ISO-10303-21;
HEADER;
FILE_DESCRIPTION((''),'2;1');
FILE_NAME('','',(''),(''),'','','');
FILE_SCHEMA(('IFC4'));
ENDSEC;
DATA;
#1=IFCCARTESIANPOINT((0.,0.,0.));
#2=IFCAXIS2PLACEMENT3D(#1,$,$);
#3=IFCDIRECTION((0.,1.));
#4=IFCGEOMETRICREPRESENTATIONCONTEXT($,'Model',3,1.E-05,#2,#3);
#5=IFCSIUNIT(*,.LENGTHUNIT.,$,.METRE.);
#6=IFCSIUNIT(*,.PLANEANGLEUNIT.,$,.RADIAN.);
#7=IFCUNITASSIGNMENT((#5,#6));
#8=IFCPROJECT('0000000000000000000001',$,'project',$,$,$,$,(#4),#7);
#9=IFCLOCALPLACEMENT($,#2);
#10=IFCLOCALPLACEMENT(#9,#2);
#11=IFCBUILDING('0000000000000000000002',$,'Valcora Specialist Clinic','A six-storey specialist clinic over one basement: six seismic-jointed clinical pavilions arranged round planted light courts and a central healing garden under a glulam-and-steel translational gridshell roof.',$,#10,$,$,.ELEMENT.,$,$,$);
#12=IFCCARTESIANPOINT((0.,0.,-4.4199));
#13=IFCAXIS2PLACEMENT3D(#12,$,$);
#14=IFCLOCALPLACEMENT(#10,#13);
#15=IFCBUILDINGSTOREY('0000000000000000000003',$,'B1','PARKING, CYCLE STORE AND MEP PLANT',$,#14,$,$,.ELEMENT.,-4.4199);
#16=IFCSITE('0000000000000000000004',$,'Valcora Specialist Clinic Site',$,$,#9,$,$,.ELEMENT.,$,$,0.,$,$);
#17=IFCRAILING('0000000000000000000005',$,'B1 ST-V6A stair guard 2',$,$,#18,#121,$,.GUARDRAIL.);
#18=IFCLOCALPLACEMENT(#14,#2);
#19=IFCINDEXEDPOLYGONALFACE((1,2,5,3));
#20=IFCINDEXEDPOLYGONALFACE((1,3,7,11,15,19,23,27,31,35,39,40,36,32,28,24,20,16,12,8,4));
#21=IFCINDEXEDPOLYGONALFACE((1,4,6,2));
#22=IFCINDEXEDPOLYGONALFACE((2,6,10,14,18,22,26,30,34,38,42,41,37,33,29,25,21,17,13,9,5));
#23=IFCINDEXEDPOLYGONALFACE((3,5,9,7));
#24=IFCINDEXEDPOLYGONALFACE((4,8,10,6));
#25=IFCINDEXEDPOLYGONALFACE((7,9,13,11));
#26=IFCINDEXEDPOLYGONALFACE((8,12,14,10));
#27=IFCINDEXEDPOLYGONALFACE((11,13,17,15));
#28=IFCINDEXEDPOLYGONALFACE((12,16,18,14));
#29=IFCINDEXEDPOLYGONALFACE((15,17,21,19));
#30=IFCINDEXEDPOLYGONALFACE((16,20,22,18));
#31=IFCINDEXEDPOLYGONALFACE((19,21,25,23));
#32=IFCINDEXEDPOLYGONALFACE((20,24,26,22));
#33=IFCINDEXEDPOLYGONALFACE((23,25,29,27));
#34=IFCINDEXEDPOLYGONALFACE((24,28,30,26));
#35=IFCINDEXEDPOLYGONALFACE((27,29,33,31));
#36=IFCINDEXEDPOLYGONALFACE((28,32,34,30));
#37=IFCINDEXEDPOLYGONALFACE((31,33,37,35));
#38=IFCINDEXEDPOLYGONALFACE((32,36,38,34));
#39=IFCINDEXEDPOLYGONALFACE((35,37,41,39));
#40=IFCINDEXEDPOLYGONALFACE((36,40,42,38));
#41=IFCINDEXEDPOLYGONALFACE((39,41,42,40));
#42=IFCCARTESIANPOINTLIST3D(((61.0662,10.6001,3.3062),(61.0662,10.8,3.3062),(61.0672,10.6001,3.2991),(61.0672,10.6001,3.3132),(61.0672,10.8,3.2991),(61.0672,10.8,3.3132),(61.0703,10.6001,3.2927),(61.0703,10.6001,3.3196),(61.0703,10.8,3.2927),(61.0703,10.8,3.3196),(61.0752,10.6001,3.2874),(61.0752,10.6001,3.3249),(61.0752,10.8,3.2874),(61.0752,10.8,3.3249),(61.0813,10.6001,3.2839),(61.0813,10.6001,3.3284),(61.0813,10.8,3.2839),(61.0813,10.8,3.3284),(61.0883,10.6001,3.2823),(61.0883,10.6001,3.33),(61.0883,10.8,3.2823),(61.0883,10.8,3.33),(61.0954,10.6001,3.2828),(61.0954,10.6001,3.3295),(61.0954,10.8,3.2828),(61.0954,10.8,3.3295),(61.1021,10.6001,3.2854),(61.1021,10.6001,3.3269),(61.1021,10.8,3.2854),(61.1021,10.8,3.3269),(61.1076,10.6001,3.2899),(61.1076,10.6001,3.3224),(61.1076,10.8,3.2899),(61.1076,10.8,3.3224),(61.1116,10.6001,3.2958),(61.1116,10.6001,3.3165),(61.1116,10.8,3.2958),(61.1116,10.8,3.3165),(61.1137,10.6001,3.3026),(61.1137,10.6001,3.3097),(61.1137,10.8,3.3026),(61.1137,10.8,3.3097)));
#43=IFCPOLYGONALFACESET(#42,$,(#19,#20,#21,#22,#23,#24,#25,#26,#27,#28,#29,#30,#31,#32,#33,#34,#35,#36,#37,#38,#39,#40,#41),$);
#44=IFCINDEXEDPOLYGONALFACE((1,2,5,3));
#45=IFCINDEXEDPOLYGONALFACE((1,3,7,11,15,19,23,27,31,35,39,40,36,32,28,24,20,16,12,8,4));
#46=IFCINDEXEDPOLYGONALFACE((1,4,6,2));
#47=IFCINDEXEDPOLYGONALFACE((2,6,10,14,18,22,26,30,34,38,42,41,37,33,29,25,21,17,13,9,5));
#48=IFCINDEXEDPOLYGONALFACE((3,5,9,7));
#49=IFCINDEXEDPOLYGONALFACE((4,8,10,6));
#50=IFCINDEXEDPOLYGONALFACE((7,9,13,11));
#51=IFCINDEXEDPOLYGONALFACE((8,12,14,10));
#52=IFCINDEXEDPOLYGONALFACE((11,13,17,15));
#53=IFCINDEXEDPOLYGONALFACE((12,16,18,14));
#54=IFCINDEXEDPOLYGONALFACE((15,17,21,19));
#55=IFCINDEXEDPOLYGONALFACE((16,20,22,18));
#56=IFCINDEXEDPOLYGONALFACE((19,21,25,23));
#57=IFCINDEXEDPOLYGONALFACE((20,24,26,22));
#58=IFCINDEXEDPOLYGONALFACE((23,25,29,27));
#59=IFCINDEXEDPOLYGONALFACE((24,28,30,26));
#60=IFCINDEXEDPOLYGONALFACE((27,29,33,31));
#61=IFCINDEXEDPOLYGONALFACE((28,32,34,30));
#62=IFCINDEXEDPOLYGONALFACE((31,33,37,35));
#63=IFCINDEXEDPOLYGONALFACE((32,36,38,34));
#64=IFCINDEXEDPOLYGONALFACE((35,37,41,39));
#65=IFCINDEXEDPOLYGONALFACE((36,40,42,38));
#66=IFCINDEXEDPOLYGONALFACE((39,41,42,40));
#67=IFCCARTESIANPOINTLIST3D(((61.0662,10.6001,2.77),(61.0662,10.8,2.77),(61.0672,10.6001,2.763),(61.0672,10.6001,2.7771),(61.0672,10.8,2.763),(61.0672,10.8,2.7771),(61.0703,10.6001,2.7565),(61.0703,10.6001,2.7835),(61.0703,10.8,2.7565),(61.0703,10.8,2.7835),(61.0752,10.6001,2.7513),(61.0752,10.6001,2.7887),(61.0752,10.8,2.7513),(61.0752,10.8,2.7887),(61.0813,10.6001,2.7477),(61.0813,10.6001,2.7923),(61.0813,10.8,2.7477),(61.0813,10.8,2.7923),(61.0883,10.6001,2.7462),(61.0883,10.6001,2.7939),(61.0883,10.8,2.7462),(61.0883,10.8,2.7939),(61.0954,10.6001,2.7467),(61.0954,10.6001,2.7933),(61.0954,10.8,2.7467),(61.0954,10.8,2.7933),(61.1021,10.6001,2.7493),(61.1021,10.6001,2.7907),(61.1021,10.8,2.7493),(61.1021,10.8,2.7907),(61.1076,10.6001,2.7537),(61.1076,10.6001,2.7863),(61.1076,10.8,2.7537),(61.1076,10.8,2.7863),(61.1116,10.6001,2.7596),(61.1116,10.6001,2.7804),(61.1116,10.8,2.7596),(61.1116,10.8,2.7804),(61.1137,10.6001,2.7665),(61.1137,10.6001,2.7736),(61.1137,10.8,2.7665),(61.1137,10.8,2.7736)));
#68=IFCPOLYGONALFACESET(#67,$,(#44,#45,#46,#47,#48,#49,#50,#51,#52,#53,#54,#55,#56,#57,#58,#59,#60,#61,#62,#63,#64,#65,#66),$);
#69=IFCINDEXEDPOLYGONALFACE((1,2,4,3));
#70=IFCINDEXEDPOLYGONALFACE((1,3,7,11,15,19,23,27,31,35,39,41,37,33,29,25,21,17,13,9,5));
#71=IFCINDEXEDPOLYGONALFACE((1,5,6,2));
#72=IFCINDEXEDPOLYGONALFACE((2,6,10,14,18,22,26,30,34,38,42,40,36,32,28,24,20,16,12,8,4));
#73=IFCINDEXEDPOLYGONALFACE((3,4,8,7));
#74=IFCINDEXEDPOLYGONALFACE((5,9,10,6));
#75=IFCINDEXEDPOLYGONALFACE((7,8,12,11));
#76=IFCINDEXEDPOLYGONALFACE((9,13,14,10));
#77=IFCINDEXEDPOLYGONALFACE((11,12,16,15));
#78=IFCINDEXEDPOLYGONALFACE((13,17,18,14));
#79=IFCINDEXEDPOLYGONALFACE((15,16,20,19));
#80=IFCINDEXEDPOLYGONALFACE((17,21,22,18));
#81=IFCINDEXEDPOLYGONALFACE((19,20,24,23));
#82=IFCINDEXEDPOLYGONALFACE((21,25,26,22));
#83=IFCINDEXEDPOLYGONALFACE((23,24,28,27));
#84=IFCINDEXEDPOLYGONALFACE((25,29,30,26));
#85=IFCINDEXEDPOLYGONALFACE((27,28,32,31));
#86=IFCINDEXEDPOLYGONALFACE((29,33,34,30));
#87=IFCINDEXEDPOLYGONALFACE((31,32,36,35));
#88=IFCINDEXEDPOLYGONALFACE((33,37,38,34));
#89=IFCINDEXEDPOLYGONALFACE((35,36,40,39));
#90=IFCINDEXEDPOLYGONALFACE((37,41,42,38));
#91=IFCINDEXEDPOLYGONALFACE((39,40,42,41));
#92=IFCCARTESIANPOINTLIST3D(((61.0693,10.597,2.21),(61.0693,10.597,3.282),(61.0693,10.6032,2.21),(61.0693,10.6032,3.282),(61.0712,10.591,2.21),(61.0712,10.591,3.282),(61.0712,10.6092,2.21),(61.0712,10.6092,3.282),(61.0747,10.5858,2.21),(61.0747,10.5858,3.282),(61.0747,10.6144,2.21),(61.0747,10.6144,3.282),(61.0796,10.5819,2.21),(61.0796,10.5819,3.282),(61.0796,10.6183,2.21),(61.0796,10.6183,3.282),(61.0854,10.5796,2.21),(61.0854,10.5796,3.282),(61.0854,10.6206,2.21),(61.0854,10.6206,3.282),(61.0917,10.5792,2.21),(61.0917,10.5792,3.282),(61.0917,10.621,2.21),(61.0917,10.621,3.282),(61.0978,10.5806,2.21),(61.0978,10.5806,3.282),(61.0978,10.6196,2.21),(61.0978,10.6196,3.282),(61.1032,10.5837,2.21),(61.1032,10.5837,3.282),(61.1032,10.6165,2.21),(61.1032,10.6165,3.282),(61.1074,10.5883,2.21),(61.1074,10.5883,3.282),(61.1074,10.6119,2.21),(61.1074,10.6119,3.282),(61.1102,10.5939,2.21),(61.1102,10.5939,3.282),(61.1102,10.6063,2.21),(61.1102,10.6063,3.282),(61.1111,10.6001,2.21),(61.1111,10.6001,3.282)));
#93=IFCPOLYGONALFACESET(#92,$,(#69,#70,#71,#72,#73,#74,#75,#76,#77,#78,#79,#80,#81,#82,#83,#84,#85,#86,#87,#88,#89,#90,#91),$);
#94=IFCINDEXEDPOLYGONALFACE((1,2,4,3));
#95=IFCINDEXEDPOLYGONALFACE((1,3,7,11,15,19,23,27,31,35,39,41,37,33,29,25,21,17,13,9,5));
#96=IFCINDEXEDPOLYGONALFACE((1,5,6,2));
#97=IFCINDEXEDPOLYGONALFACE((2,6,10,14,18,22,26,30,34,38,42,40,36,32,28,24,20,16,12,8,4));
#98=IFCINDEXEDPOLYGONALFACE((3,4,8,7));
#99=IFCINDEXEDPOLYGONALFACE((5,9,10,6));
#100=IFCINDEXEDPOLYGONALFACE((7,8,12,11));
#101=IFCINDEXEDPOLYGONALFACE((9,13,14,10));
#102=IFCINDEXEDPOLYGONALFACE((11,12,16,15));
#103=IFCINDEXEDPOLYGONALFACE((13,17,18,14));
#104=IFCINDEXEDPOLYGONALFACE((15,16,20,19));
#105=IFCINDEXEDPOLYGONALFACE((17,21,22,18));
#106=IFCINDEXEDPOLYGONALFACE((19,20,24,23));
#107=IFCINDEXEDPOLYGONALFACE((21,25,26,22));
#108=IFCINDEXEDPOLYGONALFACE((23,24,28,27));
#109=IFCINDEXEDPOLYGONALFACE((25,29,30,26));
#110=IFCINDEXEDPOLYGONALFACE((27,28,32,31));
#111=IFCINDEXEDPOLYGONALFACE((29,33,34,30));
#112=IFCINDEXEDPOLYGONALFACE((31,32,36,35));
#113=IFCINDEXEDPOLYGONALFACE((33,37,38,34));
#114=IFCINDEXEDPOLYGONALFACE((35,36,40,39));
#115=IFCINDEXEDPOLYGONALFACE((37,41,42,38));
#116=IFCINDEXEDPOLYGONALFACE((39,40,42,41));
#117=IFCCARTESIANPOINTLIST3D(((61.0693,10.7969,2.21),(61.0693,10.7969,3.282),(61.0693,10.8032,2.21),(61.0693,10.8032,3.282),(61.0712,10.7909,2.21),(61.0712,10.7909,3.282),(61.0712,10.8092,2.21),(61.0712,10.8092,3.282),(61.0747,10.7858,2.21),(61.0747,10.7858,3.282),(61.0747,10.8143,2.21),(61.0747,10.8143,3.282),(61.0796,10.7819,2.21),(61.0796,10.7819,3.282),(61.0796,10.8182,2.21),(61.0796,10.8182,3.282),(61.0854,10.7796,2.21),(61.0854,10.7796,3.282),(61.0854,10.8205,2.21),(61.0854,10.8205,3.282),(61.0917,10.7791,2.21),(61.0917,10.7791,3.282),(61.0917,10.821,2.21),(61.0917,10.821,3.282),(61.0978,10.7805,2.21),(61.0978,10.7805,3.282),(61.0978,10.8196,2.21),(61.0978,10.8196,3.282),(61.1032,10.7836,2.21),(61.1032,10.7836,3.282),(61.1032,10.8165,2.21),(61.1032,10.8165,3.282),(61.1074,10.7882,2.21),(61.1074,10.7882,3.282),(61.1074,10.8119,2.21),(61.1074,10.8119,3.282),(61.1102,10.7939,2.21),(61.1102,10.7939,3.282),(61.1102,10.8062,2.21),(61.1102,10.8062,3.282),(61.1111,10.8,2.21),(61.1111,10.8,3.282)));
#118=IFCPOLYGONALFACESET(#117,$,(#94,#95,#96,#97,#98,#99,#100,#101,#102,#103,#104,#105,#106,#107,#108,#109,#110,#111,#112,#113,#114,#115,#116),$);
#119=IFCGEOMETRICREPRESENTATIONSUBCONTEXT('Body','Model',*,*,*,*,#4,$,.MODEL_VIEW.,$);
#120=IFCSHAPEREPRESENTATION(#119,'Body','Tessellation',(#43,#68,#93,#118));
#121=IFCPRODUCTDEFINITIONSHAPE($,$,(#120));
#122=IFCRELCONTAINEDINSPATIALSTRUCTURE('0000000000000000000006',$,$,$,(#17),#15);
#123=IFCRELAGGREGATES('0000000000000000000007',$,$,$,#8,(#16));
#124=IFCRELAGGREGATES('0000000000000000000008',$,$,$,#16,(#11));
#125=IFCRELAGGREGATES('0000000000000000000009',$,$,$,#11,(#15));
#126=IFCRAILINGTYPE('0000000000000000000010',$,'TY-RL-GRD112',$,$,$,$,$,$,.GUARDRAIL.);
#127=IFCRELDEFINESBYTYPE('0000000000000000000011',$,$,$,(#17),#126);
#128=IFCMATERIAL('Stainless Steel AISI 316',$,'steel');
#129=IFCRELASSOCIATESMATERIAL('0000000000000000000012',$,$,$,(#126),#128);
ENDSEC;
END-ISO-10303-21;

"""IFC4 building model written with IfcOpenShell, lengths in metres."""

from ifc_helpers import new_model, si_unit, direction, frame, origin, origin_2d, place, context, subcontext, project, spatial, circle, extrude, material, type_object, element, save


model = new_model("IFC4")

# Units and contexts
model_context = context("Model", 3, precision=1e-05, world=origin(), true_north=direction((0.0, 1.0)))
body_context = subcontext(model_context, "Body", "Model", "MODEL_VIEW")
ifc_project = project(units=[si_unit("LENGTHUNIT", "METRE"), si_unit("PLANEANGLEUNIT", "RADIAN")], contexts=[model_context])

# Site, building, storey
site_placement = place(None, origin())
site = spatial("IfcSite", under=ifc_project, at=site_placement, Name="Valcora Specialist Clinic Site", CompositionType="ELEMENT", RefElevation=0.0)
building_placement = place(site_placement, origin())
building = spatial("IfcBuilding", under=site, at=building_placement, Name="Valcora Specialist Clinic", Description="A six-storey specialist clinic over one basement: six seismic-jointed clinical pavilions arranged round planted light courts and a central healing garden under a glulam-and-steel translational gridshell roof.", CompositionType="ELEMENT")
storey_placement = place(building_placement, frame((0.0, 0.0, -4.4199)))
storey = spatial("IfcBuildingStorey", under=building, at=storey_placement, Name="B1", Description="PARKING, CYCLE STORE AND MEP PLANT", CompositionType="ELEMENT", Elevation=-4.4199)

# Shared definitions
ifc_material_1 = material(Name="Stainless Steel AISI 316", Category="steel")

# Railing
railing_type_1 = type_object("IfcRailingType", Name="TY-RL-GRD112", PredefinedType="GUARDRAIL", material=ifc_material_1)
railing_1_placement = place(storey_placement, frame((61.0901, 10.6001, 2.21)))
element("IfcRailing", 1, at=railing_1_placement, inside=storey, type_object=railing_type_1, Name="B1 ST-V6A stair guard 2", PredefinedType="GUARDRAIL", context=body_context, shape_type="SweptSolid", body=[
    extrude(circle(Radius=0.0239, at=origin_2d()), frame((0.0, 0.0, 1.0962), z_axis=(0.0, 1.0, 0.0), x_axis=(-1.0, 0.0, 0.0)), (0.0, 0.0, 1.0), 0.2),
    extrude(circle(Radius=0.0239, at=origin_2d()), frame((0.0, 0.0, 0.5601), z_axis=(0.0, 1.0, 0.0), x_axis=(-1.0, 0.0, 0.0)), (0.0, 0.0, 1.0), 0.2),
    extrude(circle(Radius=0.021, at=origin_2d()), origin(), (0.0, 0.0, 1.0), 1.072),
    extrude(circle(Radius=0.021, at=origin_2d()), frame((0.0, 0.2, 0.0)), (0.0, 0.0, 1.0), 1.072),
])

save(model, "model.ifc")
